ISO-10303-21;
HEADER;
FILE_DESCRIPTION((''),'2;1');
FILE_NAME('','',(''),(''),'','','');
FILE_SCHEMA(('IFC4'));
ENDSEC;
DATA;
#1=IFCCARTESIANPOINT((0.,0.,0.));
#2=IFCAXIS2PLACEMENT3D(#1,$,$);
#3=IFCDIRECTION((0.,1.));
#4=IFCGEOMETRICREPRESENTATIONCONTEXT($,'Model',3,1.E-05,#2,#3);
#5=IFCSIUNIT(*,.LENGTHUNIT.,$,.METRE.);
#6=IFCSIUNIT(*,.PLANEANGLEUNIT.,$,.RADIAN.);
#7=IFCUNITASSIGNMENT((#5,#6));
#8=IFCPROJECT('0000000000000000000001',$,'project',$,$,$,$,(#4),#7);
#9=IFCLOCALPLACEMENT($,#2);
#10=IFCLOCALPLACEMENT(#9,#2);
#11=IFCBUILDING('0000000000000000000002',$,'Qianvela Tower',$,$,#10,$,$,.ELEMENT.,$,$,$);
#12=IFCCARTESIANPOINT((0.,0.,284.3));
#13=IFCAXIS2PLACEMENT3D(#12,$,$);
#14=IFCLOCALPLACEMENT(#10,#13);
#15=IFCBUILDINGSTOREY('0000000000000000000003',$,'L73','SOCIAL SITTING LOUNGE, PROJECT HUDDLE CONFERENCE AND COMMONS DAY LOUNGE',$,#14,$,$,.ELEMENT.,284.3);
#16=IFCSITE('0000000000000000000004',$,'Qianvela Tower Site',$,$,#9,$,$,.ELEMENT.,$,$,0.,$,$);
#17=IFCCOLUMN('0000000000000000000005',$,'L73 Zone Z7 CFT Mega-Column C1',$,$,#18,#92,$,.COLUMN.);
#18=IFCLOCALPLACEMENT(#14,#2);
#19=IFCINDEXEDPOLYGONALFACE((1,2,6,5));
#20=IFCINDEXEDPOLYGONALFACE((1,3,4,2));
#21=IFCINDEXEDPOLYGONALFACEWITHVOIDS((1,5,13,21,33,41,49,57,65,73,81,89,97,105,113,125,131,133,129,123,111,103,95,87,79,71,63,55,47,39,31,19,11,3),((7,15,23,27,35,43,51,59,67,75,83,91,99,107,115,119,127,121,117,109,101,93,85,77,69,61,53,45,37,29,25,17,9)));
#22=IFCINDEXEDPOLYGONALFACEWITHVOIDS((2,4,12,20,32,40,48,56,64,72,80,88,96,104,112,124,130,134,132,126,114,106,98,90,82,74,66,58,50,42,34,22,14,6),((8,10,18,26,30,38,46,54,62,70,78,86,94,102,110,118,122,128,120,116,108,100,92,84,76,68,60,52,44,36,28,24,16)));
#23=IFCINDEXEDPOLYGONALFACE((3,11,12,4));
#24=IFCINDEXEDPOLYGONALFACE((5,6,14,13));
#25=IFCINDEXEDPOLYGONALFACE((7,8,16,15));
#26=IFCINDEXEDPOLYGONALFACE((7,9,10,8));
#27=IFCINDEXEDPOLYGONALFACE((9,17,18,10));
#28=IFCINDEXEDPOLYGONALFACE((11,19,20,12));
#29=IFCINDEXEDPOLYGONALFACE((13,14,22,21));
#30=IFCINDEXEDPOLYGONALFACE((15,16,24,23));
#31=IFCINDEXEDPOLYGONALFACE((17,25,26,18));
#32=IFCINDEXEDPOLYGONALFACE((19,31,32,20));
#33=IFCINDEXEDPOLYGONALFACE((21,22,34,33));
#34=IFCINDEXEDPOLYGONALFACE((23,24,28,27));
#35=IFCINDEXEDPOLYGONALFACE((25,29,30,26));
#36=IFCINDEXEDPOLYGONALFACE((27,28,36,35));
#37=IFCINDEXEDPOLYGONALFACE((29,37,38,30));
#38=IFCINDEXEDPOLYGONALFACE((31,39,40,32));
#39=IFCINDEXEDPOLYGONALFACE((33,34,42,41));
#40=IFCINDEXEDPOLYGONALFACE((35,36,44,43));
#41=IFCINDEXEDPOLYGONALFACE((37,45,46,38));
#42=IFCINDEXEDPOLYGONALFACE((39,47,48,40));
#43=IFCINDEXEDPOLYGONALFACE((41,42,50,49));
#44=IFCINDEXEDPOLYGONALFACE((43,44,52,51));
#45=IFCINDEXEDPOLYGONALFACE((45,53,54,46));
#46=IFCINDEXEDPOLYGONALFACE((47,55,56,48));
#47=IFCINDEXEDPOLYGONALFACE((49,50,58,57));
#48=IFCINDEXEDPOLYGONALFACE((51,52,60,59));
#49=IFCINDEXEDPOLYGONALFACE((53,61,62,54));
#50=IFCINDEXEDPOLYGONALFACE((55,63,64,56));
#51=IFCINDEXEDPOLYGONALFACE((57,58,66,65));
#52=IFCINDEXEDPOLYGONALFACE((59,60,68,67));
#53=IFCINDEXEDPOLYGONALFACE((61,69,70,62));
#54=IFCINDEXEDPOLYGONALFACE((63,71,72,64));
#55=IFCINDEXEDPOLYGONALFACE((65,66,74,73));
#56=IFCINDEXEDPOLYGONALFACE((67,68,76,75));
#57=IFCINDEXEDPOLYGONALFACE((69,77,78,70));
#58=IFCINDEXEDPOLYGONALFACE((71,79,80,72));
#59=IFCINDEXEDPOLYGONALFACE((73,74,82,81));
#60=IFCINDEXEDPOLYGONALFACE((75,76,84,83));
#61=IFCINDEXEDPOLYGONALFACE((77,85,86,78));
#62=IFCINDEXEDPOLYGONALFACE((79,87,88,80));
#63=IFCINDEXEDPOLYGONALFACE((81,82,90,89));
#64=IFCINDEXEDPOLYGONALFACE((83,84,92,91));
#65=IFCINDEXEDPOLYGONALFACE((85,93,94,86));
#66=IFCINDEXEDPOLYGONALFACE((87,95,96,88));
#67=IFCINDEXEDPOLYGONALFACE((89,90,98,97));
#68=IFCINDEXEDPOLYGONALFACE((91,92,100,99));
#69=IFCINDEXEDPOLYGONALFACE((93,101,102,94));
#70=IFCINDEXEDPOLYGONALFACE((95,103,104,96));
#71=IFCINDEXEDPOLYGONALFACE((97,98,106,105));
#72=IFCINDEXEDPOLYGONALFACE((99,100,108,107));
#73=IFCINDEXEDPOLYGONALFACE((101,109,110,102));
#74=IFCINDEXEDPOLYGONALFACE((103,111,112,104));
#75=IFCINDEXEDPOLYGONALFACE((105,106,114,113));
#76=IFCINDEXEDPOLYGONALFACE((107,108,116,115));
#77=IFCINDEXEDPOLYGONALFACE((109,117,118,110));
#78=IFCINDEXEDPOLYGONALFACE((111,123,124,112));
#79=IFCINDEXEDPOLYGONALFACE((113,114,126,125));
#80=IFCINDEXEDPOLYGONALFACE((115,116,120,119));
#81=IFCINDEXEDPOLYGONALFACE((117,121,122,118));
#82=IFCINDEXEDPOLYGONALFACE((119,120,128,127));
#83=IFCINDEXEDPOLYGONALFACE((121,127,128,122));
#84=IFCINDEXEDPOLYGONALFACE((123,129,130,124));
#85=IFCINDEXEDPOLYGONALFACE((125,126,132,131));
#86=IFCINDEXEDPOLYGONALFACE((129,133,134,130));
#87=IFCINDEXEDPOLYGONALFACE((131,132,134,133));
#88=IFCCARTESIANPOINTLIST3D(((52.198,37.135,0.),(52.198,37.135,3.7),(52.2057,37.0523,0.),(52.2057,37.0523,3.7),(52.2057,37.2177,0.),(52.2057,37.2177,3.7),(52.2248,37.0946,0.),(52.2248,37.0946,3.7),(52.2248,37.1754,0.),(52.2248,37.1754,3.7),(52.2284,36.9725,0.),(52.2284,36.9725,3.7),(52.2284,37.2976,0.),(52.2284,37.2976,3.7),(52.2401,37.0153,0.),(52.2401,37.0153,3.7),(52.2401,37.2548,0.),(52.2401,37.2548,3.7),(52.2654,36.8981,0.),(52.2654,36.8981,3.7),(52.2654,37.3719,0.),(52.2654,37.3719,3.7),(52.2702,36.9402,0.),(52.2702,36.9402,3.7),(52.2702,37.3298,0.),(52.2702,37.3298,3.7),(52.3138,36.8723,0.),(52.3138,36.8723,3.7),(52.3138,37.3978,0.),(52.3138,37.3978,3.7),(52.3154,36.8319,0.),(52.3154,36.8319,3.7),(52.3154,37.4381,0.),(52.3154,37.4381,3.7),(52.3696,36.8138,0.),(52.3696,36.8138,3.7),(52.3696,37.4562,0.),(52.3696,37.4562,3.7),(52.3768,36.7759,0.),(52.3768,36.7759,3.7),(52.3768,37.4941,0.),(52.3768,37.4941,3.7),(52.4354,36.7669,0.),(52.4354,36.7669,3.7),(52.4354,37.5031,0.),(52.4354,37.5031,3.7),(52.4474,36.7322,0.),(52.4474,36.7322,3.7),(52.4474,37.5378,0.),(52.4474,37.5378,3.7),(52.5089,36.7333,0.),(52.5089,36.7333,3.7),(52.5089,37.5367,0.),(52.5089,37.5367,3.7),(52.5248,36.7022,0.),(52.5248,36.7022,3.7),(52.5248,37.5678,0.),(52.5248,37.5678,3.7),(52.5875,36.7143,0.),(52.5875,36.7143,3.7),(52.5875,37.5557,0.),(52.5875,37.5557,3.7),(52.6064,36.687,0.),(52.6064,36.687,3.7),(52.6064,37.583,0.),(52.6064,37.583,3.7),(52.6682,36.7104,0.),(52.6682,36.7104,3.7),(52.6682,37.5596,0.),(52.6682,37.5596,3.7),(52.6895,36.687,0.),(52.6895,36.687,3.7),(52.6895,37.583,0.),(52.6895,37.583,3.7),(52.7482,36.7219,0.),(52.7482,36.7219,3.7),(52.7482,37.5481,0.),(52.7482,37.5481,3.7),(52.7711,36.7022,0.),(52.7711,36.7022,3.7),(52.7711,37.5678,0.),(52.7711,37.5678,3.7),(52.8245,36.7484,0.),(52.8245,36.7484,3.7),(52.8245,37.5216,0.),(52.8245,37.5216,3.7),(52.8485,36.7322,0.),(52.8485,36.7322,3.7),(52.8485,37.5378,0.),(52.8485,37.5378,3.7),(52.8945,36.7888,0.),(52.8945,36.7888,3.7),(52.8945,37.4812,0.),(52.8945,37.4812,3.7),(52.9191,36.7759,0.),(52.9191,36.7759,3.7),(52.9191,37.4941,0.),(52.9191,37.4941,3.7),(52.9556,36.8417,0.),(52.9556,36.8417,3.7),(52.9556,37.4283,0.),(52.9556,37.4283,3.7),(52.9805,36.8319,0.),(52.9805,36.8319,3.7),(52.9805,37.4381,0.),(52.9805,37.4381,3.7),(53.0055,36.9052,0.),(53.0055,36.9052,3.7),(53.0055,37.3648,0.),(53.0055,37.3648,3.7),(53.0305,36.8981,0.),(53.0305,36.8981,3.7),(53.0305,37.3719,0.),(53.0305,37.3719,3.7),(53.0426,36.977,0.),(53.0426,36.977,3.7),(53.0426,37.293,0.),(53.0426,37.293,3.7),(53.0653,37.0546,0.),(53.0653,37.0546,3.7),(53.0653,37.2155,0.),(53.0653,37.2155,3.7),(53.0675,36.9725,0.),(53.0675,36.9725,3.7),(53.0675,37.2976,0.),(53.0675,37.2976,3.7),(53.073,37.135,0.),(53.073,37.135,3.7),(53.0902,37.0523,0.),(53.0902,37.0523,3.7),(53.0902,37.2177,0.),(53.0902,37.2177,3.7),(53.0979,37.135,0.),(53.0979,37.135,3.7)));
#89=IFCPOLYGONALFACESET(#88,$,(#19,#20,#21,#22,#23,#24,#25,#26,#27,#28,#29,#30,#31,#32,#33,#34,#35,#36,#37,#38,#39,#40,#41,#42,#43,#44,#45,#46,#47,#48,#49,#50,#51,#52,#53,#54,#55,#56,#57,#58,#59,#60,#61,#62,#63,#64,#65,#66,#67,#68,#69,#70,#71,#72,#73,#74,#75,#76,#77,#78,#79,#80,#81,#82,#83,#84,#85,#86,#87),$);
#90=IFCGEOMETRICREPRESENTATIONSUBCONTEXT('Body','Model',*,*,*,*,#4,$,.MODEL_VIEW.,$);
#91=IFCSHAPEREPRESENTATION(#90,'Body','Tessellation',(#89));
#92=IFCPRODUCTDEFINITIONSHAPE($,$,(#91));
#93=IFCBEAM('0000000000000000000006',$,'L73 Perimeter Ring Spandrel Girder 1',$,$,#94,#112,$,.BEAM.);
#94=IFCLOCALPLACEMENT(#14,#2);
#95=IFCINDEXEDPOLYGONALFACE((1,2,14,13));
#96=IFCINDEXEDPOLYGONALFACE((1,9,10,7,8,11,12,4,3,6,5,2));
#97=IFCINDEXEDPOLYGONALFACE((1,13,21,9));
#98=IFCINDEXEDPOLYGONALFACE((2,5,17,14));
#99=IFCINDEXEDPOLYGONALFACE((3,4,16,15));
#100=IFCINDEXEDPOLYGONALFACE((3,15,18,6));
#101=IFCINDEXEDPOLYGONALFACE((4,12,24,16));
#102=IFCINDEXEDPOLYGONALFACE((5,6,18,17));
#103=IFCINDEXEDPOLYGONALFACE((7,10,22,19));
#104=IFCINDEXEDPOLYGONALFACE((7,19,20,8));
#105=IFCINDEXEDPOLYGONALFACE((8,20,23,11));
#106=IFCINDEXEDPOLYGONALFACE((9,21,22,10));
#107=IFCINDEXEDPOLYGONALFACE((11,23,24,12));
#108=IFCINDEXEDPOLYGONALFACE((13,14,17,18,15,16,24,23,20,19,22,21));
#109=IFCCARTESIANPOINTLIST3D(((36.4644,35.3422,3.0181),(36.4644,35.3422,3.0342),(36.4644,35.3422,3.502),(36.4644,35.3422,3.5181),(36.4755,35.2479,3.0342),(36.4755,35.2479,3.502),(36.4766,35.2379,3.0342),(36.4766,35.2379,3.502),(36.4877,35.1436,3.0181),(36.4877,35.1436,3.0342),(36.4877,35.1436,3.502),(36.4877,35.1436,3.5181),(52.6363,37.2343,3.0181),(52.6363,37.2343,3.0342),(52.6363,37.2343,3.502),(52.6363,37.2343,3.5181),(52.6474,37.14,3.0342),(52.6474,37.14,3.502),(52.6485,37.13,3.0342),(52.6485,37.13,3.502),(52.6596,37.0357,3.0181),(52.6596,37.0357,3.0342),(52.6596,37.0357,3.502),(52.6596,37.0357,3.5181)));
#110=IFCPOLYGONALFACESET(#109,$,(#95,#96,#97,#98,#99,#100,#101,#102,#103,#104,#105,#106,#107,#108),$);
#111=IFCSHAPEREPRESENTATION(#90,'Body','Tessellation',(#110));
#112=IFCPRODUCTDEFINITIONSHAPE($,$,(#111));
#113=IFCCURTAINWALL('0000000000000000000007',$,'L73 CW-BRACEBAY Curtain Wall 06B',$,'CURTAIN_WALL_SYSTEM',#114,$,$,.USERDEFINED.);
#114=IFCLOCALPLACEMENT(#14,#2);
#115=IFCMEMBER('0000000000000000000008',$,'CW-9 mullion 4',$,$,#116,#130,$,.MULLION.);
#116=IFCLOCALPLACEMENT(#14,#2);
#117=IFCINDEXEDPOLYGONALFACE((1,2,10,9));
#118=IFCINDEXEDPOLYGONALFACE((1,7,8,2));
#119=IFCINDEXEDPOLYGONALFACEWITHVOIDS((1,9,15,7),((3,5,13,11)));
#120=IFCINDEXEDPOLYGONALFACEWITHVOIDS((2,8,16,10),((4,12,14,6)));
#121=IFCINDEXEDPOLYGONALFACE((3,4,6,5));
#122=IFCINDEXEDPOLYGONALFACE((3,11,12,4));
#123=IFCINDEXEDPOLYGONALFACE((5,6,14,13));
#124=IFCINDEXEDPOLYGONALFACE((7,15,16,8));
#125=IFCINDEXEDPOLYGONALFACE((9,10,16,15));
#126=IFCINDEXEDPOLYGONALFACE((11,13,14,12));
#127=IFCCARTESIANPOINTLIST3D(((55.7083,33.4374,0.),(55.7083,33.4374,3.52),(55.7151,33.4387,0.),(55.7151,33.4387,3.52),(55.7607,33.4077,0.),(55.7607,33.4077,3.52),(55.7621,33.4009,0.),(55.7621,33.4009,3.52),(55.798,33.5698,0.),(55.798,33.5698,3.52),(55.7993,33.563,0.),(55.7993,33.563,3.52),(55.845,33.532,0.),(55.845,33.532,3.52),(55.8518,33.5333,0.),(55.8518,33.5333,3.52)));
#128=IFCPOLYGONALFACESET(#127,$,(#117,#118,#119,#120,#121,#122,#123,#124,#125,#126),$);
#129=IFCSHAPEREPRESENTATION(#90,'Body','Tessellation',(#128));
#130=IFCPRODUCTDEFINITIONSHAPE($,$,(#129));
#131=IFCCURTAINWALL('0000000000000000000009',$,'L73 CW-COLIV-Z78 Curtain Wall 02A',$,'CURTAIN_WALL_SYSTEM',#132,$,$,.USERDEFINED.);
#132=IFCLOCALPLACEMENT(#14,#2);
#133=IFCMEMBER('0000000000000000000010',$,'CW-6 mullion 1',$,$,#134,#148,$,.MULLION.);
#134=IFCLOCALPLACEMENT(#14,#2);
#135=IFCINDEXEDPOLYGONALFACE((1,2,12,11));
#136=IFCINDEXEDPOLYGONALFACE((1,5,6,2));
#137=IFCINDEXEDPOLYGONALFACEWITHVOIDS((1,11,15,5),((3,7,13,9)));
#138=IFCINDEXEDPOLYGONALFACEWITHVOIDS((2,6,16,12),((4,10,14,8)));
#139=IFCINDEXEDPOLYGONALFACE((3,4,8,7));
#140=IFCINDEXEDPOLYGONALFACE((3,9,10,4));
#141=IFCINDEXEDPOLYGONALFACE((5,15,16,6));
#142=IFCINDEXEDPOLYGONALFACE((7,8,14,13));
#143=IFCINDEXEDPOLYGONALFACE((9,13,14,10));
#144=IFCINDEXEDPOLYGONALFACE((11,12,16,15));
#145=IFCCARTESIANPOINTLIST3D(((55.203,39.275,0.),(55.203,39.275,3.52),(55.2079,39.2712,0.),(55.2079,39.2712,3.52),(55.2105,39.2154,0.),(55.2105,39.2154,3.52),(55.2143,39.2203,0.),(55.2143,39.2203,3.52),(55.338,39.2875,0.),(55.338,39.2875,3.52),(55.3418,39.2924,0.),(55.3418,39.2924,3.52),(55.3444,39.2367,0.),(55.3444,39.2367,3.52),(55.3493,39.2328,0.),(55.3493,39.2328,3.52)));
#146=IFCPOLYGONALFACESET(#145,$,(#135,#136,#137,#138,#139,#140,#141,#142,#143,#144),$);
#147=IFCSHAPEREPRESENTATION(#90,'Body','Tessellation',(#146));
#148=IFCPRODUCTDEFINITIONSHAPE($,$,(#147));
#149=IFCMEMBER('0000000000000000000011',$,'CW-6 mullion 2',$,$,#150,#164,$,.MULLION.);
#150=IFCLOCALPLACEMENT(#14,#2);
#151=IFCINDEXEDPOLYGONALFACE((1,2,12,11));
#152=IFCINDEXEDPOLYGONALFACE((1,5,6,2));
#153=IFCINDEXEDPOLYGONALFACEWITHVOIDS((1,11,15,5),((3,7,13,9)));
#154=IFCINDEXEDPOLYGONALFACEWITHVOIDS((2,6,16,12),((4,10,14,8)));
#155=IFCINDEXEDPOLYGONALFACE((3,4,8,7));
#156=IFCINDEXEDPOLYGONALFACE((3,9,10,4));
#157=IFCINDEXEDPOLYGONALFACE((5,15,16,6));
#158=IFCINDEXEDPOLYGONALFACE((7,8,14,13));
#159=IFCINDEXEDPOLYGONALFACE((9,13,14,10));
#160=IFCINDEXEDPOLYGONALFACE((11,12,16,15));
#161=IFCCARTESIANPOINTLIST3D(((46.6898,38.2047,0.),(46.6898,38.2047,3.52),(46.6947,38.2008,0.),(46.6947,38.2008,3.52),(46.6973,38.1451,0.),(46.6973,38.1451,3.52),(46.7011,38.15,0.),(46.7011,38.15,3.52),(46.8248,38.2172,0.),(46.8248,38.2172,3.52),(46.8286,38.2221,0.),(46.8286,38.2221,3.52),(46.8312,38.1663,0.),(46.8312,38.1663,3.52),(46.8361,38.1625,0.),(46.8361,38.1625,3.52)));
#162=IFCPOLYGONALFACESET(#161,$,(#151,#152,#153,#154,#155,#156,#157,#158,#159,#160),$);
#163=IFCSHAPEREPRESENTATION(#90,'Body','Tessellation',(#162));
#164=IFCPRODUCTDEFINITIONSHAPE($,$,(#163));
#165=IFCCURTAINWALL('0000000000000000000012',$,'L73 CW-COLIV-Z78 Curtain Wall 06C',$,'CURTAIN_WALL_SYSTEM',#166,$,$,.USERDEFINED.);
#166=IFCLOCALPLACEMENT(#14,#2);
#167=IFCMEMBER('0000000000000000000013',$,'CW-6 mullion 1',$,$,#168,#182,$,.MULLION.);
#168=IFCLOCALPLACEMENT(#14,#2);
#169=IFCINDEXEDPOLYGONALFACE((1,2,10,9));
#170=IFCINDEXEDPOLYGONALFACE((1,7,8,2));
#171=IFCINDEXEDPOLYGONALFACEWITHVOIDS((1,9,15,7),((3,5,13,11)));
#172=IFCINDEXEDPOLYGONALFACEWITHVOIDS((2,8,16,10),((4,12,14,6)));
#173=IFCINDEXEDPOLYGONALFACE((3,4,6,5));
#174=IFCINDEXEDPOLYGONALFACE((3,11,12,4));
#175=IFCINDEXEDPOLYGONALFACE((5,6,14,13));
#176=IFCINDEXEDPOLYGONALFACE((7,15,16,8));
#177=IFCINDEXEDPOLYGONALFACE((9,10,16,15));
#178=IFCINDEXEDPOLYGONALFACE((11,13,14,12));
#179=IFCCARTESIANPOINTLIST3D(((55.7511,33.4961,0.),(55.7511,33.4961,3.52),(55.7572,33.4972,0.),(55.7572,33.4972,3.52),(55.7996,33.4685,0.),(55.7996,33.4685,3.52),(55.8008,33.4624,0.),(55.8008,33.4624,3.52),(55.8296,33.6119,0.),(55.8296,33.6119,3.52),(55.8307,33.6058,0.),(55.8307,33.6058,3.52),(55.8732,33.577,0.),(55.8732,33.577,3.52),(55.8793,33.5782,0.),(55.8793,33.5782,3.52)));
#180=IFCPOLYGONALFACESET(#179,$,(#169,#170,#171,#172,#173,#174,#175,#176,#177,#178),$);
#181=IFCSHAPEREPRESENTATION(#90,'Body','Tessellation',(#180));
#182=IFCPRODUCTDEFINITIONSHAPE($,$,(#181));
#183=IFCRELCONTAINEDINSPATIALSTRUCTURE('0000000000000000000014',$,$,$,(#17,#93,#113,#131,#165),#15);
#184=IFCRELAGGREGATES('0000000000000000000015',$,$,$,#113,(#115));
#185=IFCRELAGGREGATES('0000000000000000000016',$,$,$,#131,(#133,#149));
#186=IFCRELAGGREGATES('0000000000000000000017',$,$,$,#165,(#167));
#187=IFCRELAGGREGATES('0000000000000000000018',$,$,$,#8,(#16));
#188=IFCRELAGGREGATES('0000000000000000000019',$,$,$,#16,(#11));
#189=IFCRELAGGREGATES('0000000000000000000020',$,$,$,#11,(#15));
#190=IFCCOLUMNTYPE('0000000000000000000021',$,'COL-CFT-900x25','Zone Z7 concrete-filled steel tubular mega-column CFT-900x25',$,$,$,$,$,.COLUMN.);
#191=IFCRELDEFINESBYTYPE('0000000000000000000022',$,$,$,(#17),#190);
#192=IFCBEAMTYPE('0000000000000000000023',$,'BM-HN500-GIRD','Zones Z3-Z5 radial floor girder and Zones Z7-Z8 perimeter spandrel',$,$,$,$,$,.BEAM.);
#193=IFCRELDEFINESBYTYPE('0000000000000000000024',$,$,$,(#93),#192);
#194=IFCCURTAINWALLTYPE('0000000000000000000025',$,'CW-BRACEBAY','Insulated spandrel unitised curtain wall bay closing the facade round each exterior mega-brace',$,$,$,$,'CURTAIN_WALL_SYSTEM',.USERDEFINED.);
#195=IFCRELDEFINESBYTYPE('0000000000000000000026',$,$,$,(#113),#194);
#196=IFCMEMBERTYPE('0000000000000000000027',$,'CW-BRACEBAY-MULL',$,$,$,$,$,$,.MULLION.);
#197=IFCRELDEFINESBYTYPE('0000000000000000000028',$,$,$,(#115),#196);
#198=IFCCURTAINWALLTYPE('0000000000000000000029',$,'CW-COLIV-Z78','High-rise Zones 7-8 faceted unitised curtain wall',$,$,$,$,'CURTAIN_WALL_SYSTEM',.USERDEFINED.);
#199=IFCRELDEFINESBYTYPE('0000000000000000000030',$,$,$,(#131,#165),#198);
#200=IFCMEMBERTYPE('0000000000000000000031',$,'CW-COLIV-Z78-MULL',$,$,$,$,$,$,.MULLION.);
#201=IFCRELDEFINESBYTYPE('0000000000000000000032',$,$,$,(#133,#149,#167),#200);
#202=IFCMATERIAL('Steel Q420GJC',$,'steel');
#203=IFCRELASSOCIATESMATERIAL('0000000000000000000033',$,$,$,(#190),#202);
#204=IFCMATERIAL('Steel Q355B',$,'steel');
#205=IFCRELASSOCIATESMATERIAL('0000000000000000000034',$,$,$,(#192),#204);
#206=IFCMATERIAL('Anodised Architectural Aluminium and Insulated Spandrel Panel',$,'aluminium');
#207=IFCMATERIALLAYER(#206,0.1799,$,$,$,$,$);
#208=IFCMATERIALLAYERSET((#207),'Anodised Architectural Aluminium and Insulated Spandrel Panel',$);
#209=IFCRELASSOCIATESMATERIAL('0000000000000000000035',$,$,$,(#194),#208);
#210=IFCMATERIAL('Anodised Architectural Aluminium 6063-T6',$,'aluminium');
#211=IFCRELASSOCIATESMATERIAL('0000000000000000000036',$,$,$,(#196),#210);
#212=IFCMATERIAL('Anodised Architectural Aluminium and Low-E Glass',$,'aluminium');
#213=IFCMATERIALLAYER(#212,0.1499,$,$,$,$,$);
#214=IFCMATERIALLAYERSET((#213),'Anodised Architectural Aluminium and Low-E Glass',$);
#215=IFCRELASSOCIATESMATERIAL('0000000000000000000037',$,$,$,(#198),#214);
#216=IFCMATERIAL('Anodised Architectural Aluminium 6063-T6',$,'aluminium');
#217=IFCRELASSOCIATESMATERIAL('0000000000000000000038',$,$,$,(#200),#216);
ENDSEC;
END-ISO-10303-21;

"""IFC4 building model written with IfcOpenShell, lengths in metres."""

from ifc_helpers import new_model, si_unit, direction, frame, origin, origin_2d, place, context, subcontext, project, spatial, hollow_rectangle, hollow_circle, i_section, extrude, material, layer, layer_set, material_profile, profile_set, type_object, element, aggregate, save


model = new_model("IFC4")

# Units and contexts
model_context = context("Model", 3, precision=1e-05, world=origin(), true_north=direction((0.0, 1.0)))
body_context = subcontext(model_context, "Body", "Model", "MODEL_VIEW")
ifc_project = project(units=[si_unit("LENGTHUNIT", "METRE"), si_unit("PLANEANGLEUNIT", "RADIAN")], contexts=[model_context])

# Site, building, storey
site_placement = place(None, origin())
site = spatial("IfcSite", under=ifc_project, at=site_placement, Name="Qianvela Tower Site", CompositionType="ELEMENT", RefElevation=0.0)
building_placement = place(site_placement, origin())
building = spatial("IfcBuilding", under=site, at=building_placement, Name="Qianvela Tower", CompositionType="ELEMENT")
storey_placement = place(building_placement, frame((0.0, 0.0, 284.3)))
storey = spatial("IfcBuildingStorey", under=building, at=storey_placement, Name="L73", Description="SOCIAL SITTING LOUNGE, PROJECT HUDDLE CONFERENCE AND COMMONS DAY LOUNGE", CompositionType="ELEMENT", Elevation=284.3)

# Column
ifc_material_1 = material(Name="Steel Q420GJC", Category="steel")
ifc_material_profile_1 = material_profile(ifc_material_1, hollow_circle(Radius=0.45, WallThickness=0.0249, at=origin_2d()), Name="CFT-900x25")
ifc_profile_set_1 = profile_set([ifc_material_profile_1], Name="Steel Q420GJC")
column_type = type_object("IfcColumnType", Name="COL-CFT-900x25", Description="Zone Z7 concrete-filled steel tubular mega-column CFT-900x25", PredefinedType="COLUMN", material=ifc_profile_set_1)
column_placement = place(storey_placement, frame((52.6479, 37.135, 0.0), z_axis=(0.0, 0.0, 1.0), x_axis=(1.0, 0.0, 0.0)))
element("IfcColumn", 1, at=column_placement, inside=storey, type_object=column_type, Name="L73 Zone Z7 CFT Mega-Column C1", PredefinedType="COLUMN", context=body_context, shape_type="SweptSolid", body=[
    extrude(hollow_circle(Radius=0.45, WallThickness=0.0249, at=origin_2d()), origin(), (0.0, 0.0, 1.0), 3.7),
])

# Beam
ifc_material_2 = material(Name="Steel Q355B", Category="steel")
ifc_material_profile_2 = material_profile(ifc_material_2, i_section(OverallWidth=0.2, OverallDepth=0.5, WebThickness=0.01, FlangeThickness=0.0161, at=origin_2d()), Name="HN500x200x10x16")
ifc_profile_set_2 = profile_set([ifc_material_profile_2], Name="Steel Q355B")
beam_type = type_object("IfcBeamType", Name="BM-HN500-GIRD", Description="Zones Z3-Z5 radial floor girder and Zones Z7-Z8 perimeter spandrel", PredefinedType="BEAM", material=ifc_profile_set_2)
beam_placement = place(storey_placement, frame((52.6479, 37.135, 3.2681), z_axis=(-0.993225, -0.116206, 0.0), x_axis=(0.116206, -0.993225, 0.0)))
element("IfcBeam", 2, at=beam_placement, inside=storey, type_object=beam_type, Name="L73 Perimeter Ring Spandrel Girder 1", PredefinedType="BEAM", context=body_context, shape_type="SweptSolid", body=[
    extrude(i_section(OverallWidth=0.2, OverallDepth=0.5, WebThickness=0.01, FlangeThickness=0.0161, at=origin_2d()), origin(), (0.0, 0.0, 1.0), 16.2822),
])

# Curtain wall, member
ifc_material_3 = material(Name="Anodised Architectural Aluminium and Insulated Spandrel Panel", Category="aluminium")
ifc_layer_1 = layer(ifc_material_3, 0.1799)
ifc_layer_set_1 = layer_set([ifc_layer_1], Name="Anodised Architectural Aluminium and Insulated Spandrel Panel")
curtain_wall_type_1 = type_object("IfcCurtainWallType", Name="CW-BRACEBAY", Description="Insulated spandrel unitised curtain wall bay closing the facade round each exterior mega-brace", ElementType="CURTAIN_WALL_SYSTEM", PredefinedType="USERDEFINED", material=ifc_layer_set_1)
curtain_wall_1_placement = place(storey_placement, origin())
curtain_wall_1 = element("IfcCurtainWall", 3, at=curtain_wall_1_placement, inside=storey, type_object=curtain_wall_type_1, Name="L73 CW-BRACEBAY Curtain Wall 06B", ObjectType="CURTAIN_WALL_SYSTEM", PredefinedType="USERDEFINED")
ifc_material_4 = material(Name="Anodised Architectural Aluminium 6063-T6", Category="aluminium")
ifc_material_profile_3 = material_profile(ifc_material_4, hollow_rectangle(XDim=0.0649, YDim=0.1599, WallThickness=0.0049, at=origin_2d()), Name="ALU-MULL-65x160")
ifc_profile_set_3 = profile_set([ifc_material_profile_3], Name="Anodised Architectural Aluminium 6063-T6")
member_type_1 = type_object("IfcMemberType", Name="CW-BRACEBAY-MULL", PredefinedType="MULLION", material=ifc_profile_set_3)
member_1_placement = place(storey_placement, frame((55.78, 33.4854, 0.0), z_axis=(0.0, 0.0, 1.0), x_axis=(-0.827795, 0.561031, 0.0)))
member_1 = element("IfcMember", 4, at=member_1_placement, type_object=member_type_1, Name="CW-9 mullion 4", PredefinedType="MULLION", context=body_context, shape_type="SweptSolid", body=[
    extrude(hollow_rectangle(XDim=0.0649, YDim=0.1599, WallThickness=0.0049, at=origin_2d()), origin(), (0.0, 0.0, 1.0), 3.52),
])
aggregate(curtain_wall_1, [member_1])

# Curtain walls, members
ifc_material_5 = material(Name="Anodised Architectural Aluminium and Low-E Glass", Category="aluminium")
ifc_layer_2 = layer(ifc_material_5, 0.1499)
ifc_layer_set_2 = layer_set([ifc_layer_2], Name="Anodised Architectural Aluminium and Low-E Glass")
curtain_wall_type_2 = type_object("IfcCurtainWallType", Name="CW-COLIV-Z78", Description="High-rise Zones 7-8 faceted unitised curtain wall", ElementType="CURTAIN_WALL_SYSTEM", PredefinedType="USERDEFINED", material=ifc_layer_set_2)
curtain_wall_2_placement = place(storey_placement, origin())
curtain_wall_2 = element("IfcCurtainWall", 5, at=curtain_wall_2_placement, inside=storey, type_object=curtain_wall_type_2, Name="L73 CW-COLIV-Z78 Curtain Wall 02A", ObjectType="CURTAIN_WALL_SYSTEM", PredefinedType="USERDEFINED")
ifc_material_6 = material(Name="Anodised Architectural Aluminium 6063-T6", Category="aluminium")
ifc_material_profile_4 = material_profile(ifc_material_6, hollow_rectangle(XDim=0.0601, YDim=0.1399, WallThickness=0.0044, at=origin_2d()), Name="ALU-MULL-60x140")
ifc_profile_set_4 = profile_set([ifc_material_profile_4], Name="Anodised Architectural Aluminium 6063-T6")
member_type_2 = type_object("IfcMemberType", Name="CW-COLIV-Z78-MULL", PredefinedType="MULLION", material=ifc_profile_set_4)
member_2_placement = place(storey_placement, frame((55.2761, 39.2539, 0.0), z_axis=(0.0, 0.0, 1.0), x_axis=(0.124762, -0.992187, 0.0)))
member_2 = element("IfcMember", 6, at=member_2_placement, type_object=member_type_2, Name="CW-6 mullion 1", PredefinedType="MULLION", context=body_context, shape_type="SweptSolid", body=[
    extrude(hollow_rectangle(XDim=0.0601, YDim=0.1399, WallThickness=0.0044, at=origin_2d()), origin(), (0.0, 0.0, 1.0), 3.52),
])
member_3_placement = place(storey_placement, frame((46.7629, 38.1836, 0.0), z_axis=(0.0, 0.0, 1.0), x_axis=(0.124762, -0.992187, 0.0)))
member_3 = element("IfcMember", 7, at=member_3_placement, type_object=member_type_2, Name="CW-6 mullion 2", PredefinedType="MULLION", context=body_context, shape_type="SweptSolid", body=[
    extrude(hollow_rectangle(XDim=0.0601, YDim=0.1399, WallThickness=0.0044, at=origin_2d()), origin(), (0.0, 0.0, 1.0), 3.52),
])
curtain_wall_3_placement = place(storey_placement, origin())
curtain_wall_3 = element("IfcCurtainWall", 8, at=curtain_wall_3_placement, inside=storey, type_object=curtain_wall_type_2, Name="L73 CW-COLIV-Z78 Curtain Wall 06C", ObjectType="CURTAIN_WALL_SYSTEM", PredefinedType="USERDEFINED")
member_4_placement = place(storey_placement, frame((55.8152, 33.5371, 0.0), z_axis=(0.0, 0.0, 1.0), x_axis=(-0.827813, 0.561005, 0.0)))
member_4 = element("IfcMember", 9, at=member_4_placement, type_object=member_type_2, Name="CW-6 mullion 1", PredefinedType="MULLION", context=body_context, shape_type="SweptSolid", body=[
    extrude(hollow_rectangle(XDim=0.0601, YDim=0.1399, WallThickness=0.0044, at=origin_2d()), origin(), (0.0, 0.0, 1.0), 3.52),
])

aggregate(curtain_wall_2, [member_2, member_3])
aggregate(curtain_wall_3, [member_4])

save(model, "model.ifc")
